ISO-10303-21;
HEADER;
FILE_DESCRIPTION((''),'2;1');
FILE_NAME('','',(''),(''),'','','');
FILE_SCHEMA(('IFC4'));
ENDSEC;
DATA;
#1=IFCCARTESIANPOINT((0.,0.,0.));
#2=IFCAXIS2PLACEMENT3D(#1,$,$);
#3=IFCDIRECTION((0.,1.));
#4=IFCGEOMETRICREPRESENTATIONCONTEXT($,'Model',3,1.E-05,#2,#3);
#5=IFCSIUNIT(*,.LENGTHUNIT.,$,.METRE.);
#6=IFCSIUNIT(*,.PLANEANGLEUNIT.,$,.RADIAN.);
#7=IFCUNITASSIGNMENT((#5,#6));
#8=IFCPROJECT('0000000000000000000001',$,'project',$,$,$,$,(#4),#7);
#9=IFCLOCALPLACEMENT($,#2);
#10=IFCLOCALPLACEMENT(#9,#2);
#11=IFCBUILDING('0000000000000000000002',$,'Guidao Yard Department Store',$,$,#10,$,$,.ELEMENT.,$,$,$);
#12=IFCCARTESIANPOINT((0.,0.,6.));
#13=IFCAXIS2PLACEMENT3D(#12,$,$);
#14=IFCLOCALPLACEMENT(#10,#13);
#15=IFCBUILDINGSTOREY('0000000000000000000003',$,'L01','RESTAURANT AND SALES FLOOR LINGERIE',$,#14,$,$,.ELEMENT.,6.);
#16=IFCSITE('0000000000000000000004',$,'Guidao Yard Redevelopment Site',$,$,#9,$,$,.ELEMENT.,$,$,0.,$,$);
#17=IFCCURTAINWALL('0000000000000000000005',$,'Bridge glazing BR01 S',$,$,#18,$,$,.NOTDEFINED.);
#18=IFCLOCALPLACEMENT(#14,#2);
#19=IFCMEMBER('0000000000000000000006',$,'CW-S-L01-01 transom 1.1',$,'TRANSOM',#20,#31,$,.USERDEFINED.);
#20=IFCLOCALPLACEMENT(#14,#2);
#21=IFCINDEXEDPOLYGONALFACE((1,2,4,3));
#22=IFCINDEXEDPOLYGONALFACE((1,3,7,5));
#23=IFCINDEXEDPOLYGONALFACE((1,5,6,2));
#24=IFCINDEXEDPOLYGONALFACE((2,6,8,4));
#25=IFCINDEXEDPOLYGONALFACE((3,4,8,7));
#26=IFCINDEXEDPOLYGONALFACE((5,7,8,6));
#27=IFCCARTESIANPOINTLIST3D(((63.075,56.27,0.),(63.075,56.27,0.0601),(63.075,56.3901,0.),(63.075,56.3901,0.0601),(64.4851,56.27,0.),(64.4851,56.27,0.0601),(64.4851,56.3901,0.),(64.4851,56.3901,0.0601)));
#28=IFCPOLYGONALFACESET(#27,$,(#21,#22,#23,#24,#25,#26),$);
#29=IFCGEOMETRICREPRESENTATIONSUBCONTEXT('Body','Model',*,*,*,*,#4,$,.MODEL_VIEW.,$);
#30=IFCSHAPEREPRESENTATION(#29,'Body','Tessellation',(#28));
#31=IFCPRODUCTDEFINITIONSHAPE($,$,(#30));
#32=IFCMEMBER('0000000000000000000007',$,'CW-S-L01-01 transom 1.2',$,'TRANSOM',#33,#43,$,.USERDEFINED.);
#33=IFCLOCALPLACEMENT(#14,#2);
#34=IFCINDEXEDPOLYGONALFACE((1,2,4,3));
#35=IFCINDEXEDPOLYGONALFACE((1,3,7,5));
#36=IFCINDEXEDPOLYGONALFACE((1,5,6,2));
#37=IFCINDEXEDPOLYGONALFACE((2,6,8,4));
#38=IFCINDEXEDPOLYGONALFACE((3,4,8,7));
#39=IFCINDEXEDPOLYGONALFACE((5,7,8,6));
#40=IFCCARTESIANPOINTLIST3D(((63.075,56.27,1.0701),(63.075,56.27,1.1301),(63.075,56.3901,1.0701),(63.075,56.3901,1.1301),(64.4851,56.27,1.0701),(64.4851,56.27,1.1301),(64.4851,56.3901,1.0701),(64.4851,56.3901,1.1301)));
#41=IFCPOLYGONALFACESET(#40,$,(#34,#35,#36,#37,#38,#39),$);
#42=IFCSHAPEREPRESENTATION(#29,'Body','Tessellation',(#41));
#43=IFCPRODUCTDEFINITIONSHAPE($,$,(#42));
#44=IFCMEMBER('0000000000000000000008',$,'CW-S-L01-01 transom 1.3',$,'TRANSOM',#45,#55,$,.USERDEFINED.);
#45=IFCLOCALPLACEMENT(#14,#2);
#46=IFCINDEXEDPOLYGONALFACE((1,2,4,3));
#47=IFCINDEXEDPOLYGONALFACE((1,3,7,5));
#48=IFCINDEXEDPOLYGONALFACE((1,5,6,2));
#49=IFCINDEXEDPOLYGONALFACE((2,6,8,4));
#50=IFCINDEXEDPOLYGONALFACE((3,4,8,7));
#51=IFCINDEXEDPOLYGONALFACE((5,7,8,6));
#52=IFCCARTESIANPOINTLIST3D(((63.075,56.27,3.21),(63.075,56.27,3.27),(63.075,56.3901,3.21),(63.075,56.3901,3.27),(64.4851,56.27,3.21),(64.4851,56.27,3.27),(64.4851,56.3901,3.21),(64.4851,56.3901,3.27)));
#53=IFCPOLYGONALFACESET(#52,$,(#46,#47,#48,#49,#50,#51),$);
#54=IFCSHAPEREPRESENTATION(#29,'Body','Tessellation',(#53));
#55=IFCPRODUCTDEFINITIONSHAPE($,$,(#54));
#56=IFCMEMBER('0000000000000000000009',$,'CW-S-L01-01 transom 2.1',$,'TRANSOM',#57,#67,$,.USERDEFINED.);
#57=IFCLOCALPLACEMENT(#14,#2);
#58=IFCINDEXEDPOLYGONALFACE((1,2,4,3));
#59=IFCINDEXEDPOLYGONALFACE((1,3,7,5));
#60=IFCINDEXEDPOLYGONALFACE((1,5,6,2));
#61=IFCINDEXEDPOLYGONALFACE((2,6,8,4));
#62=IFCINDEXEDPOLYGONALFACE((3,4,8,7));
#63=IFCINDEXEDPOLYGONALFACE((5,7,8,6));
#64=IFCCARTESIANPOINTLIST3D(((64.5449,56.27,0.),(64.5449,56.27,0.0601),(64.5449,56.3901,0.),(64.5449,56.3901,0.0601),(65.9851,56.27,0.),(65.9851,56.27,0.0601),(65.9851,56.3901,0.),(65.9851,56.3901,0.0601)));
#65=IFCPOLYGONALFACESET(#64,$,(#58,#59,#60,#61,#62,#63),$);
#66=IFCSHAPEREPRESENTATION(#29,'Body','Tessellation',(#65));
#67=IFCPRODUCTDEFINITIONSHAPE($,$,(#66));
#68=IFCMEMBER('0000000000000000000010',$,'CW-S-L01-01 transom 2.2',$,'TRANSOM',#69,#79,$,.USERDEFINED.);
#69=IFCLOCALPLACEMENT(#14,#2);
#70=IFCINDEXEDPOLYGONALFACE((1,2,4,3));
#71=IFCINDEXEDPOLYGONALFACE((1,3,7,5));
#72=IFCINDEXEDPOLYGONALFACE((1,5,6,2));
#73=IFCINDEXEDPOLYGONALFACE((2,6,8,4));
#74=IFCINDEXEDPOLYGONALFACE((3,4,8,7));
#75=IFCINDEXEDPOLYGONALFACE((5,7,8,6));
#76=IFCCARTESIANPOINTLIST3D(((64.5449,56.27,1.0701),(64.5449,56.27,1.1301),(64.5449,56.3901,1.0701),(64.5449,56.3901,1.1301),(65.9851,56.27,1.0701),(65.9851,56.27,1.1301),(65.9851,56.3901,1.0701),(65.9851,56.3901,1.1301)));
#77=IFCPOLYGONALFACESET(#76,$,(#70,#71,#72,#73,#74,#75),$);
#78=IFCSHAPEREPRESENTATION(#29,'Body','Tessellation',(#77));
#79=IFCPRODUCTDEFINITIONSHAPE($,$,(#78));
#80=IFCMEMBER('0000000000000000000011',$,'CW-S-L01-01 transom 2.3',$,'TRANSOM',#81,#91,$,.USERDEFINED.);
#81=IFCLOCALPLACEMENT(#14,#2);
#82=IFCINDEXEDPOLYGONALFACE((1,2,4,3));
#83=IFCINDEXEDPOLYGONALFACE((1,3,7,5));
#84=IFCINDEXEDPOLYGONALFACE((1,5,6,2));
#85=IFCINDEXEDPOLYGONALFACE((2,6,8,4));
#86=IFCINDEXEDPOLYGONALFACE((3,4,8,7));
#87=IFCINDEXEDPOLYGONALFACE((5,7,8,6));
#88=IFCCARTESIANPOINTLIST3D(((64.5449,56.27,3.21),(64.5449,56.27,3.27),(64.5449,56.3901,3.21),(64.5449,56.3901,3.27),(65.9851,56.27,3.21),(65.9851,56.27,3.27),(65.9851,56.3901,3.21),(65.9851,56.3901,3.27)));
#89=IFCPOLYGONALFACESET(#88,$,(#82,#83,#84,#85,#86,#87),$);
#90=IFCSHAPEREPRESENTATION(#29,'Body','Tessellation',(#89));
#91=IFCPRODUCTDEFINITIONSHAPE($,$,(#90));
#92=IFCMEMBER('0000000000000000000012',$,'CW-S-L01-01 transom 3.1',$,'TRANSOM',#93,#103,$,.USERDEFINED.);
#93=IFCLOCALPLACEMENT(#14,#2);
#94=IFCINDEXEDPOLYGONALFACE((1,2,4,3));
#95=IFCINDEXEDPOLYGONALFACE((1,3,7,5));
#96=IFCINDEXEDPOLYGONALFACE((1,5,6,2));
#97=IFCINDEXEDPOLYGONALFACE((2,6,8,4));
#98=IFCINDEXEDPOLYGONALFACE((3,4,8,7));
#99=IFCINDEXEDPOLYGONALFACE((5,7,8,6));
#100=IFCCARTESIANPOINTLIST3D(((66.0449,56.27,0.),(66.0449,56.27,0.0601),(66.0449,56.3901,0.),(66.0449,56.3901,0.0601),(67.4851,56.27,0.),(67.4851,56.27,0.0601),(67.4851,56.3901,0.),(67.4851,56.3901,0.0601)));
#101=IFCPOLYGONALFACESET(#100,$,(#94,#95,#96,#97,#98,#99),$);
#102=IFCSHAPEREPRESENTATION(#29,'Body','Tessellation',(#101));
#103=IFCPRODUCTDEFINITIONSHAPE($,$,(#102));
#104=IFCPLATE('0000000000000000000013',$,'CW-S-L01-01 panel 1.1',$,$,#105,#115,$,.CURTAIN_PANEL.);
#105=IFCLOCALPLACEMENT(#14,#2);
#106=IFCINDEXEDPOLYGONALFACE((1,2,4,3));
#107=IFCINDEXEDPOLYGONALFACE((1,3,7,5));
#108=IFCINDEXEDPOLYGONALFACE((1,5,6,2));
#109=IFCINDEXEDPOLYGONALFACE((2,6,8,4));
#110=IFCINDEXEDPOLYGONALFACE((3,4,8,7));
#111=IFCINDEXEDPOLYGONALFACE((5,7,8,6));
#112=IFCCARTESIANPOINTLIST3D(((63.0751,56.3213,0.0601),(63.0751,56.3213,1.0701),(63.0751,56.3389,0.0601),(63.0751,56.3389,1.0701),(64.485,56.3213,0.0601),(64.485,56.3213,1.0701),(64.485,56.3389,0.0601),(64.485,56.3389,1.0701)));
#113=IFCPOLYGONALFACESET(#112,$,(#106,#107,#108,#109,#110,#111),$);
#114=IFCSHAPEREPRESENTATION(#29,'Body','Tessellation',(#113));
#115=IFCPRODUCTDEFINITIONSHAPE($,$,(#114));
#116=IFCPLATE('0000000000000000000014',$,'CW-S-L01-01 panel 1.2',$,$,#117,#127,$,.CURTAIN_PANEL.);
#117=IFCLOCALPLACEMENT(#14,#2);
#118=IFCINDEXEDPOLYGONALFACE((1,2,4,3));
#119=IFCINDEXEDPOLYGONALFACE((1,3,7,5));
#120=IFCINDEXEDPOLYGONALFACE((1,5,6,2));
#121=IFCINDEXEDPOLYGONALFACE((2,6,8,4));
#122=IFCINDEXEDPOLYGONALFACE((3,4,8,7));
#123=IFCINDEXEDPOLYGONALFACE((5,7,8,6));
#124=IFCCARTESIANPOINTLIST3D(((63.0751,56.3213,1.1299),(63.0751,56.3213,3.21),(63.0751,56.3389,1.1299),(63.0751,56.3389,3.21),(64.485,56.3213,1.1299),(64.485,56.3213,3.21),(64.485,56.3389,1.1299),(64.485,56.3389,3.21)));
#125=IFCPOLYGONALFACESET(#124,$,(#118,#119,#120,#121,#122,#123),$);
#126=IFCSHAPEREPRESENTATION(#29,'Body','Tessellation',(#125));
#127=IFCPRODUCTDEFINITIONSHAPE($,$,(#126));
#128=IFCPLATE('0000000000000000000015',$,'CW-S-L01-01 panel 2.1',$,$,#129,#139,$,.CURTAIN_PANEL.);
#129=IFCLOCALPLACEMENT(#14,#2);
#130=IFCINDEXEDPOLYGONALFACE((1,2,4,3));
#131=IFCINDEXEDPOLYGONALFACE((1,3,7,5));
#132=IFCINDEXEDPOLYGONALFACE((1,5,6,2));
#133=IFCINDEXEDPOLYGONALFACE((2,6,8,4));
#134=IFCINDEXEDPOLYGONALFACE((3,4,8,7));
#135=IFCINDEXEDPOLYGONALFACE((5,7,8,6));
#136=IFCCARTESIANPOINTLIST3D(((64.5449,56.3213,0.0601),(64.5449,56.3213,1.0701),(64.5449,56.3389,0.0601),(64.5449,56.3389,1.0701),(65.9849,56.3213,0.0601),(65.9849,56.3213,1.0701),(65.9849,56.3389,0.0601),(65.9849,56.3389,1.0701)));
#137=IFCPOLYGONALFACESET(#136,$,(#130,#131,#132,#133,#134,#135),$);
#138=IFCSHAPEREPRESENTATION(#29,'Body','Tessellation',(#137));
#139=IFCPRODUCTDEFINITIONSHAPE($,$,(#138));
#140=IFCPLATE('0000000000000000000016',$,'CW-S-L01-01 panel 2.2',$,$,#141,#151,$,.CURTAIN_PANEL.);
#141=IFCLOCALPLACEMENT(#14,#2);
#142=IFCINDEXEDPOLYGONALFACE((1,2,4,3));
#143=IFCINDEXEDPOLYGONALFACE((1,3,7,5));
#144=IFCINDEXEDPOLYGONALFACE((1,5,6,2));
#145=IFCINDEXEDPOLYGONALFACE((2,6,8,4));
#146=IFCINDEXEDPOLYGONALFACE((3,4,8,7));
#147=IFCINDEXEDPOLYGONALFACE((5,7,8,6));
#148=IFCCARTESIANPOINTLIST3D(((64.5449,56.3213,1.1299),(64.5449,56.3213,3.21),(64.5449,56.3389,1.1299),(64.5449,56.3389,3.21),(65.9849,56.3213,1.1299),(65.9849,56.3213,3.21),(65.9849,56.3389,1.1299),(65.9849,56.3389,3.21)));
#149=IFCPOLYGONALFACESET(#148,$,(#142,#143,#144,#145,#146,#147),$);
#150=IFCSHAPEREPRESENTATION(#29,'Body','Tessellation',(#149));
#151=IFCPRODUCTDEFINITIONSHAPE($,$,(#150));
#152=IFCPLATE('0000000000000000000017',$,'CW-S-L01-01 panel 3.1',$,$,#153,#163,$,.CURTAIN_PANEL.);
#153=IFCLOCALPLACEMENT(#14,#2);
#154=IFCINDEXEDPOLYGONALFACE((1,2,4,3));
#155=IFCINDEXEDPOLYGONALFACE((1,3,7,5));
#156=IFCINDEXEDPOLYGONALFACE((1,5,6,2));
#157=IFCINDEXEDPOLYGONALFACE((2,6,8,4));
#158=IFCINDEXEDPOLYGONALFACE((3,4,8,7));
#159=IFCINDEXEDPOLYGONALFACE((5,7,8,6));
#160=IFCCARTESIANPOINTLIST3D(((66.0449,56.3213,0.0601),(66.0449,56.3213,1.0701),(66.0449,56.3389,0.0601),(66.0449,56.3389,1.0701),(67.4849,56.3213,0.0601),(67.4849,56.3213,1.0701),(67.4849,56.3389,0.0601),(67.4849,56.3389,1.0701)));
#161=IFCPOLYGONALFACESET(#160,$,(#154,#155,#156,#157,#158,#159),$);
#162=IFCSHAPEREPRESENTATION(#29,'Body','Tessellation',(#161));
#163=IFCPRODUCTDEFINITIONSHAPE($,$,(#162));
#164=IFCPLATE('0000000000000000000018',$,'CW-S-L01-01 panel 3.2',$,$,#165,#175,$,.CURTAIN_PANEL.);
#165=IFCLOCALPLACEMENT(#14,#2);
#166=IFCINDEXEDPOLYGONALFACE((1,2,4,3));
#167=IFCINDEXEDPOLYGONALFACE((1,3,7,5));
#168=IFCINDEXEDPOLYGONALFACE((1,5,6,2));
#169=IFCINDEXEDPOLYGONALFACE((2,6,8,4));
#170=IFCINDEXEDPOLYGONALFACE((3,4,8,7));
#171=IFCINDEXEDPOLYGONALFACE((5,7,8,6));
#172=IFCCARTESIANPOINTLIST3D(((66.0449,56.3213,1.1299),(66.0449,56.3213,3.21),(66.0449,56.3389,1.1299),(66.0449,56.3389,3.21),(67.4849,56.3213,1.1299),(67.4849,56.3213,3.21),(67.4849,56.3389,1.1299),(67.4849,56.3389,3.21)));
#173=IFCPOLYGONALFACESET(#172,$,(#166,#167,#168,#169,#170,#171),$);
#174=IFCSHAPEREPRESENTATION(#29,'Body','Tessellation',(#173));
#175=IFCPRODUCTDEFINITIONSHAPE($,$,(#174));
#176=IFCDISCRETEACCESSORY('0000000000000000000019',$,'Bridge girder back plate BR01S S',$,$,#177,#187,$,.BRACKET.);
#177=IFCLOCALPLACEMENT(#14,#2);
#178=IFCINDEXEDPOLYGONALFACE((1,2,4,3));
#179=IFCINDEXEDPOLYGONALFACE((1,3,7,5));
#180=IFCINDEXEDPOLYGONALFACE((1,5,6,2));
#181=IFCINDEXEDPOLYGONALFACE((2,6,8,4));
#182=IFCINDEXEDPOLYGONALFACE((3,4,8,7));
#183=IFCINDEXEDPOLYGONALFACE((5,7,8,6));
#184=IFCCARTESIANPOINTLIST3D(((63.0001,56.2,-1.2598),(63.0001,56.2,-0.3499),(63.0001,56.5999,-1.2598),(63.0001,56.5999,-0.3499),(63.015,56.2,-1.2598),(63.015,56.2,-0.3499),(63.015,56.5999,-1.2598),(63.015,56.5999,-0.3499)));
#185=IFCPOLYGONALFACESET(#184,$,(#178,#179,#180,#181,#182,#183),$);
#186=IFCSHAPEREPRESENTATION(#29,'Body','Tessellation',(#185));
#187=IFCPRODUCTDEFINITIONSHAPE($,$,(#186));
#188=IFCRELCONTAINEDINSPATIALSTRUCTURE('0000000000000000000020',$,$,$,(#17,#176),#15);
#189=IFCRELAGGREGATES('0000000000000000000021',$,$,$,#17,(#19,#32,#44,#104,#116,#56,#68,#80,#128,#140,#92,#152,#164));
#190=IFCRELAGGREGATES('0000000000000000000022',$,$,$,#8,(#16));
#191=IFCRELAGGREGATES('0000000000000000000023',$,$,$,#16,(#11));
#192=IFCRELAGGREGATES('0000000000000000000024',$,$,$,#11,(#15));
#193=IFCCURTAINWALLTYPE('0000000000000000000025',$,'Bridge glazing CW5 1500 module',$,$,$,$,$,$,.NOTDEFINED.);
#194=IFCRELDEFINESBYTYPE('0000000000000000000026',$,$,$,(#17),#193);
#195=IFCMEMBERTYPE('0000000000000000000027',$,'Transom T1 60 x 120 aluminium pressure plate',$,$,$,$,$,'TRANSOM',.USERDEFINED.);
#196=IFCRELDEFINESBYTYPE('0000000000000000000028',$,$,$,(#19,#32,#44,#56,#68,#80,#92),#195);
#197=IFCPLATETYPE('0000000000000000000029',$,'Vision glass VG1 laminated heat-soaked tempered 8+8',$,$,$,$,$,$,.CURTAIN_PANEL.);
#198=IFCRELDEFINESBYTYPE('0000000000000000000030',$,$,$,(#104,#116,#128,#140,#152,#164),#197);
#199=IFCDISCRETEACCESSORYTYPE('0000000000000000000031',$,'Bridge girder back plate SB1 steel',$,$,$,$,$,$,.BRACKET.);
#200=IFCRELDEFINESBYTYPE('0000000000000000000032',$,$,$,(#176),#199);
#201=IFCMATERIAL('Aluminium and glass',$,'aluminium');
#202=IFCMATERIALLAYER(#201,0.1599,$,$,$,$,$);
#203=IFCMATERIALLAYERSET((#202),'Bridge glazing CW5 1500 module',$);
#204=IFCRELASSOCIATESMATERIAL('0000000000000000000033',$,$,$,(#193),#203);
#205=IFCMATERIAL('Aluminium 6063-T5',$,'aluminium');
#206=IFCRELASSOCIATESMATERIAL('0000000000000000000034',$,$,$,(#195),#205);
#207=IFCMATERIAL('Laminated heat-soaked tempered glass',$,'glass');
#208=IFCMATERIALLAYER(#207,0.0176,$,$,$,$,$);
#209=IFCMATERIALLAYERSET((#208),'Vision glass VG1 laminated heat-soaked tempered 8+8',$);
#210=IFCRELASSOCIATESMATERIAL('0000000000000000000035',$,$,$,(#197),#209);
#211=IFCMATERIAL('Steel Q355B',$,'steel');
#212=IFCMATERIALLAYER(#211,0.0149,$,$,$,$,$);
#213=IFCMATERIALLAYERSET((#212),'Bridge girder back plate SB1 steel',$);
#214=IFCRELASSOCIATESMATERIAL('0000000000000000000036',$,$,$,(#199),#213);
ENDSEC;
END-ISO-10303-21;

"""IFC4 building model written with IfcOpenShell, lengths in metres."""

from ifc_helpers import new_model, si_unit, direction, frame, origin, origin_2d, place, context, subcontext, project, spatial, rectangle, extrude, material, layer, layer_set, material_profile, profile_set, type_object, element, aggregate, save


model = new_model("IFC4")

# Units and contexts
model_context = context("Model", 3, precision=1e-05, world=origin(), true_north=direction((0.0, 1.0)))
body_context = subcontext(model_context, "Body", "Model", "MODEL_VIEW")
ifc_project = project(units=[si_unit("LENGTHUNIT", "METRE"), si_unit("PLANEANGLEUNIT", "RADIAN")], contexts=[model_context])

# Site, building, storey
site_placement = place(None, origin())
site = spatial("IfcSite", under=ifc_project, at=site_placement, Name="Guidao Yard Redevelopment Site", CompositionType="ELEMENT", RefElevation=0.0)
building_placement = place(site_placement, origin())
building = spatial("IfcBuilding", under=site, at=building_placement, Name="Guidao Yard Department Store", CompositionType="ELEMENT")
storey_placement = place(building_placement, frame((0.0, 0.0, 6.0)))
storey = spatial("IfcBuildingStorey", under=building, at=storey_placement, Name="L01", Description="RESTAURANT AND SALES FLOOR LINGERIE", CompositionType="ELEMENT", Elevation=6.0)

# Curtain wall
ifc_material_1 = material(Name="Aluminium and glass", Category="aluminium")
ifc_layer_1 = layer(ifc_material_1, 0.1599)
ifc_layer_set_1 = layer_set([ifc_layer_1], Name="Bridge glazing CW5 1500 module")
curtain_wall_type = type_object("IfcCurtainWallType", Name="Bridge glazing CW5 1500 module", PredefinedType="NOTDEFINED", material=ifc_layer_set_1)
curtain_wall_1_placement = place(storey_placement, origin())
curtain_wall_1 = element("IfcCurtainWall", 1, at=curtain_wall_1_placement, inside=storey, type_object=curtain_wall_type, Name="Bridge glazing BR01 S", PredefinedType="NOTDEFINED")

# Members
ifc_material_2 = material(Name="Aluminium 6063-T5", Category="aluminium")
ifc_material_profile_1 = material_profile(ifc_material_2, rectangle(XDim=0.1201, YDim=0.0601, at=origin_2d()), Name="Transom T1 60 x 120 aluminium pressure plate")
ifc_profile_set_1 = profile_set([ifc_material_profile_1], Name="Aluminium 6063-T5")
member_type_1 = type_object("IfcMemberType", Name="Transom T1 60 x 120 aluminium pressure plate", ElementType="TRANSOM", PredefinedType="USERDEFINED", material=ifc_profile_set_1)
member_1_placement = place(storey_placement, frame((64.4851, 56.3301, 0.03), z_axis=(-1.0, 0.0, 0.0), x_axis=(0.0, -1.0, 0.0)))
member_1 = element("IfcMember", 2, at=member_1_placement, type_object=member_type_1, Name="CW-S-L01-01 transom 1.1", ObjectType="TRANSOM", PredefinedType="USERDEFINED", context=body_context, shape_type="SweptSolid", body=[
    extrude(rectangle(XDim=0.1201, YDim=0.0601, at=origin_2d()), origin(), (0.0, 0.0, 1.0), 1.4102),
])
member_2_placement = place(storey_placement, frame((64.4851, 56.3301, 1.1001), z_axis=(-1.0, 0.0, 0.0), x_axis=(0.0, -1.0, 0.0)))
member_2 = element("IfcMember", 3, at=member_2_placement, type_object=member_type_1, Name="CW-S-L01-01 transom 1.2", ObjectType="TRANSOM", PredefinedType="USERDEFINED", context=body_context, shape_type="SweptSolid", body=[
    extrude(rectangle(XDim=0.1201, YDim=0.0601, at=origin_2d()), origin(), (0.0, 0.0, 1.0), 1.4102),
])
member_3_placement = place(storey_placement, frame((64.4851, 56.3301, 3.24), z_axis=(-1.0, 0.0, 0.0), x_axis=(0.0, -1.0, 0.0)))
member_3 = element("IfcMember", 4, at=member_3_placement, type_object=member_type_1, Name="CW-S-L01-01 transom 1.3", ObjectType="TRANSOM", PredefinedType="USERDEFINED", context=body_context, shape_type="SweptSolid", body=[
    extrude(rectangle(XDim=0.1201, YDim=0.0601, at=origin_2d()), origin(), (0.0, 0.0, 1.0), 1.4102),
])
member_4_placement = place(storey_placement, frame((65.9851, 56.3301, 0.03), z_axis=(-1.0, 0.0, 0.0), x_axis=(0.0, -1.0, 0.0)))
member_4 = element("IfcMember", 5, at=member_4_placement, type_object=member_type_1, Name="CW-S-L01-01 transom 2.1", ObjectType="TRANSOM", PredefinedType="USERDEFINED", context=body_context, shape_type="SweptSolid", body=[
    extrude(rectangle(XDim=0.1201, YDim=0.0601, at=origin_2d()), origin(), (0.0, 0.0, 1.0), 1.4402),
])
member_5_placement = place(storey_placement, frame((65.9851, 56.3301, 1.1001), z_axis=(-1.0, 0.0, 0.0), x_axis=(0.0, -1.0, 0.0)))
member_5 = element("IfcMember", 6, at=member_5_placement, type_object=member_type_1, Name="CW-S-L01-01 transom 2.2", ObjectType="TRANSOM", PredefinedType="USERDEFINED", context=body_context, shape_type="SweptSolid", body=[
    extrude(rectangle(XDim=0.1201, YDim=0.0601, at=origin_2d()), origin(), (0.0, 0.0, 1.0), 1.4402),
])
member_6_placement = place(storey_placement, frame((65.9851, 56.3301, 3.24), z_axis=(-1.0, 0.0, 0.0), x_axis=(0.0, -1.0, 0.0)))
member_6 = element("IfcMember", 7, at=member_6_placement, type_object=member_type_1, Name="CW-S-L01-01 transom 2.3", ObjectType="TRANSOM", PredefinedType="USERDEFINED", context=body_context, shape_type="SweptSolid", body=[
    extrude(rectangle(XDim=0.1201, YDim=0.0601, at=origin_2d()), origin(), (0.0, 0.0, 1.0), 1.4402),
])
member_7_placement = place(storey_placement, frame((67.4851, 56.3301, 0.03), z_axis=(-1.0, 0.0, 0.0), x_axis=(0.0, -1.0, 0.0)))
member_7 = element("IfcMember", 8, at=member_7_placement, type_object=member_type_1, Name="CW-S-L01-01 transom 3.1", ObjectType="TRANSOM", PredefinedType="USERDEFINED", context=body_context, shape_type="SweptSolid", body=[
    extrude(rectangle(XDim=0.1201, YDim=0.0601, at=origin_2d()), origin(), (0.0, 0.0, 1.0), 1.4402),
])

# Plates
ifc_material_3 = material(Name="Laminated heat-soaked tempered glass", Category="glass")
ifc_layer_2 = layer(ifc_material_3, 0.0176)
ifc_layer_set_2 = layer_set([ifc_layer_2], Name="Vision glass VG1 laminated heat-soaked tempered 8+8")
plate_type = type_object("IfcPlateType", Name="Vision glass VG1 laminated heat-soaked tempered 8+8", PredefinedType="CURTAIN_PANEL", material=ifc_layer_set_2)
plate_1_placement = place(storey_placement, frame((63.78, 56.3301, 0.0601), z_axis=(0.0, 0.0, 1.0), x_axis=(-1.0, 0.0, 0.0)))
plate_1 = element("IfcPlate", 9, at=plate_1_placement, type_object=plate_type, Name="CW-S-L01-01 panel 1.1", PredefinedType="CURTAIN_PANEL", context=body_context, shape_type="SweptSolid", body=[
    extrude(rectangle(XDim=1.4099, YDim=0.0176, at=origin_2d()), origin(), (0.0, 0.0, 1.0), 1.01),
])
plate_2_placement = place(storey_placement, frame((63.78, 56.3301, 1.1299), z_axis=(0.0, 0.0, 1.0), x_axis=(-1.0, 0.0, 0.0)))
plate_2 = element("IfcPlate", 10, at=plate_2_placement, type_object=plate_type, Name="CW-S-L01-01 panel 1.2", PredefinedType="CURTAIN_PANEL", context=body_context, shape_type="SweptSolid", body=[
    extrude(rectangle(XDim=1.4099, YDim=0.0176, at=origin_2d()), origin(), (0.0, 0.0, 1.0), 2.0801),
])
plate_3_placement = place(storey_placement, frame((65.2649, 56.3301, 0.0601), z_axis=(0.0, 0.0, 1.0), x_axis=(-1.0, 0.0, 0.0)))
plate_3 = element("IfcPlate", 11, at=plate_3_placement, type_object=plate_type, Name="CW-S-L01-01 panel 2.1", PredefinedType="CURTAIN_PANEL", context=body_context, shape_type="SweptSolid", body=[
    extrude(rectangle(XDim=1.4399, YDim=0.0176, at=origin_2d()), origin(), (0.0, 0.0, 1.0), 1.01),
])
plate_4_placement = place(storey_placement, frame((65.2649, 56.3301, 1.1299), z_axis=(0.0, 0.0, 1.0), x_axis=(-1.0, 0.0, 0.0)))
plate_4 = element("IfcPlate", 12, at=plate_4_placement, type_object=plate_type, Name="CW-S-L01-01 panel 2.2", PredefinedType="CURTAIN_PANEL", context=body_context, shape_type="SweptSolid", body=[
    extrude(rectangle(XDim=1.4399, YDim=0.0176, at=origin_2d()), origin(), (0.0, 0.0, 1.0), 2.0801),
])
plate_5_placement = place(storey_placement, frame((66.7649, 56.3301, 0.0601), z_axis=(0.0, 0.0, 1.0), x_axis=(-1.0, 0.0, 0.0)))
plate_5 = element("IfcPlate", 13, at=plate_5_placement, type_object=plate_type, Name="CW-S-L01-01 panel 3.1", PredefinedType="CURTAIN_PANEL", context=body_context, shape_type="SweptSolid", body=[
    extrude(rectangle(XDim=1.4399, YDim=0.0176, at=origin_2d()), origin(), (0.0, 0.0, 1.0), 1.01),
])
plate_6_placement = place(storey_placement, frame((66.7649, 56.3301, 1.1299), z_axis=(0.0, 0.0, 1.0), x_axis=(-1.0, 0.0, 0.0)))
plate_6 = element("IfcPlate", 14, at=plate_6_placement, type_object=plate_type, Name="CW-S-L01-01 panel 3.2", PredefinedType="CURTAIN_PANEL", context=body_context, shape_type="SweptSolid", body=[
    extrude(rectangle(XDim=1.4399, YDim=0.0176, at=origin_2d()), origin(), (0.0, 0.0, 1.0), 2.0801),
])
aggregate(curtain_wall_1, [member_1, member_2, member_3, plate_1, plate_2, member_4, member_5, member_6, plate_3, plate_4, member_7, plate_5, plate_6])

# Discrete accessory
ifc_material_4 = material(Name="Steel Q355B", Category="steel")
ifc_layer_3 = layer(ifc_material_4, 0.0149)
ifc_layer_set_3 = layer_set([ifc_layer_3], Name="Bridge girder back plate SB1 steel")
discrete_accessory_type_1 = type_object("IfcDiscreteAccessoryType", Name="Bridge girder back plate SB1 steel", PredefinedType="BRACKET", material=ifc_layer_set_3)
discrete_accessory_1_placement = place(storey_placement, frame((63.0076, 56.3999, -1.2598), z_axis=(0.0, 0.0, 1.0), x_axis=(1.0, 0.0, 0.0)))
element("IfcDiscreteAccessory", 15, at=discrete_accessory_1_placement, inside=storey, type_object=discrete_accessory_type_1, Name="Bridge girder back plate BR01S S", PredefinedType="BRACKET", context=body_context, shape_type="SweptSolid", body=[
    extrude(rectangle(XDim=0.0149, YDim=0.3999, at=origin_2d()), origin(), (0.0, 0.0, 1.0), 0.9099),
])

save(model, "model.ifc")
